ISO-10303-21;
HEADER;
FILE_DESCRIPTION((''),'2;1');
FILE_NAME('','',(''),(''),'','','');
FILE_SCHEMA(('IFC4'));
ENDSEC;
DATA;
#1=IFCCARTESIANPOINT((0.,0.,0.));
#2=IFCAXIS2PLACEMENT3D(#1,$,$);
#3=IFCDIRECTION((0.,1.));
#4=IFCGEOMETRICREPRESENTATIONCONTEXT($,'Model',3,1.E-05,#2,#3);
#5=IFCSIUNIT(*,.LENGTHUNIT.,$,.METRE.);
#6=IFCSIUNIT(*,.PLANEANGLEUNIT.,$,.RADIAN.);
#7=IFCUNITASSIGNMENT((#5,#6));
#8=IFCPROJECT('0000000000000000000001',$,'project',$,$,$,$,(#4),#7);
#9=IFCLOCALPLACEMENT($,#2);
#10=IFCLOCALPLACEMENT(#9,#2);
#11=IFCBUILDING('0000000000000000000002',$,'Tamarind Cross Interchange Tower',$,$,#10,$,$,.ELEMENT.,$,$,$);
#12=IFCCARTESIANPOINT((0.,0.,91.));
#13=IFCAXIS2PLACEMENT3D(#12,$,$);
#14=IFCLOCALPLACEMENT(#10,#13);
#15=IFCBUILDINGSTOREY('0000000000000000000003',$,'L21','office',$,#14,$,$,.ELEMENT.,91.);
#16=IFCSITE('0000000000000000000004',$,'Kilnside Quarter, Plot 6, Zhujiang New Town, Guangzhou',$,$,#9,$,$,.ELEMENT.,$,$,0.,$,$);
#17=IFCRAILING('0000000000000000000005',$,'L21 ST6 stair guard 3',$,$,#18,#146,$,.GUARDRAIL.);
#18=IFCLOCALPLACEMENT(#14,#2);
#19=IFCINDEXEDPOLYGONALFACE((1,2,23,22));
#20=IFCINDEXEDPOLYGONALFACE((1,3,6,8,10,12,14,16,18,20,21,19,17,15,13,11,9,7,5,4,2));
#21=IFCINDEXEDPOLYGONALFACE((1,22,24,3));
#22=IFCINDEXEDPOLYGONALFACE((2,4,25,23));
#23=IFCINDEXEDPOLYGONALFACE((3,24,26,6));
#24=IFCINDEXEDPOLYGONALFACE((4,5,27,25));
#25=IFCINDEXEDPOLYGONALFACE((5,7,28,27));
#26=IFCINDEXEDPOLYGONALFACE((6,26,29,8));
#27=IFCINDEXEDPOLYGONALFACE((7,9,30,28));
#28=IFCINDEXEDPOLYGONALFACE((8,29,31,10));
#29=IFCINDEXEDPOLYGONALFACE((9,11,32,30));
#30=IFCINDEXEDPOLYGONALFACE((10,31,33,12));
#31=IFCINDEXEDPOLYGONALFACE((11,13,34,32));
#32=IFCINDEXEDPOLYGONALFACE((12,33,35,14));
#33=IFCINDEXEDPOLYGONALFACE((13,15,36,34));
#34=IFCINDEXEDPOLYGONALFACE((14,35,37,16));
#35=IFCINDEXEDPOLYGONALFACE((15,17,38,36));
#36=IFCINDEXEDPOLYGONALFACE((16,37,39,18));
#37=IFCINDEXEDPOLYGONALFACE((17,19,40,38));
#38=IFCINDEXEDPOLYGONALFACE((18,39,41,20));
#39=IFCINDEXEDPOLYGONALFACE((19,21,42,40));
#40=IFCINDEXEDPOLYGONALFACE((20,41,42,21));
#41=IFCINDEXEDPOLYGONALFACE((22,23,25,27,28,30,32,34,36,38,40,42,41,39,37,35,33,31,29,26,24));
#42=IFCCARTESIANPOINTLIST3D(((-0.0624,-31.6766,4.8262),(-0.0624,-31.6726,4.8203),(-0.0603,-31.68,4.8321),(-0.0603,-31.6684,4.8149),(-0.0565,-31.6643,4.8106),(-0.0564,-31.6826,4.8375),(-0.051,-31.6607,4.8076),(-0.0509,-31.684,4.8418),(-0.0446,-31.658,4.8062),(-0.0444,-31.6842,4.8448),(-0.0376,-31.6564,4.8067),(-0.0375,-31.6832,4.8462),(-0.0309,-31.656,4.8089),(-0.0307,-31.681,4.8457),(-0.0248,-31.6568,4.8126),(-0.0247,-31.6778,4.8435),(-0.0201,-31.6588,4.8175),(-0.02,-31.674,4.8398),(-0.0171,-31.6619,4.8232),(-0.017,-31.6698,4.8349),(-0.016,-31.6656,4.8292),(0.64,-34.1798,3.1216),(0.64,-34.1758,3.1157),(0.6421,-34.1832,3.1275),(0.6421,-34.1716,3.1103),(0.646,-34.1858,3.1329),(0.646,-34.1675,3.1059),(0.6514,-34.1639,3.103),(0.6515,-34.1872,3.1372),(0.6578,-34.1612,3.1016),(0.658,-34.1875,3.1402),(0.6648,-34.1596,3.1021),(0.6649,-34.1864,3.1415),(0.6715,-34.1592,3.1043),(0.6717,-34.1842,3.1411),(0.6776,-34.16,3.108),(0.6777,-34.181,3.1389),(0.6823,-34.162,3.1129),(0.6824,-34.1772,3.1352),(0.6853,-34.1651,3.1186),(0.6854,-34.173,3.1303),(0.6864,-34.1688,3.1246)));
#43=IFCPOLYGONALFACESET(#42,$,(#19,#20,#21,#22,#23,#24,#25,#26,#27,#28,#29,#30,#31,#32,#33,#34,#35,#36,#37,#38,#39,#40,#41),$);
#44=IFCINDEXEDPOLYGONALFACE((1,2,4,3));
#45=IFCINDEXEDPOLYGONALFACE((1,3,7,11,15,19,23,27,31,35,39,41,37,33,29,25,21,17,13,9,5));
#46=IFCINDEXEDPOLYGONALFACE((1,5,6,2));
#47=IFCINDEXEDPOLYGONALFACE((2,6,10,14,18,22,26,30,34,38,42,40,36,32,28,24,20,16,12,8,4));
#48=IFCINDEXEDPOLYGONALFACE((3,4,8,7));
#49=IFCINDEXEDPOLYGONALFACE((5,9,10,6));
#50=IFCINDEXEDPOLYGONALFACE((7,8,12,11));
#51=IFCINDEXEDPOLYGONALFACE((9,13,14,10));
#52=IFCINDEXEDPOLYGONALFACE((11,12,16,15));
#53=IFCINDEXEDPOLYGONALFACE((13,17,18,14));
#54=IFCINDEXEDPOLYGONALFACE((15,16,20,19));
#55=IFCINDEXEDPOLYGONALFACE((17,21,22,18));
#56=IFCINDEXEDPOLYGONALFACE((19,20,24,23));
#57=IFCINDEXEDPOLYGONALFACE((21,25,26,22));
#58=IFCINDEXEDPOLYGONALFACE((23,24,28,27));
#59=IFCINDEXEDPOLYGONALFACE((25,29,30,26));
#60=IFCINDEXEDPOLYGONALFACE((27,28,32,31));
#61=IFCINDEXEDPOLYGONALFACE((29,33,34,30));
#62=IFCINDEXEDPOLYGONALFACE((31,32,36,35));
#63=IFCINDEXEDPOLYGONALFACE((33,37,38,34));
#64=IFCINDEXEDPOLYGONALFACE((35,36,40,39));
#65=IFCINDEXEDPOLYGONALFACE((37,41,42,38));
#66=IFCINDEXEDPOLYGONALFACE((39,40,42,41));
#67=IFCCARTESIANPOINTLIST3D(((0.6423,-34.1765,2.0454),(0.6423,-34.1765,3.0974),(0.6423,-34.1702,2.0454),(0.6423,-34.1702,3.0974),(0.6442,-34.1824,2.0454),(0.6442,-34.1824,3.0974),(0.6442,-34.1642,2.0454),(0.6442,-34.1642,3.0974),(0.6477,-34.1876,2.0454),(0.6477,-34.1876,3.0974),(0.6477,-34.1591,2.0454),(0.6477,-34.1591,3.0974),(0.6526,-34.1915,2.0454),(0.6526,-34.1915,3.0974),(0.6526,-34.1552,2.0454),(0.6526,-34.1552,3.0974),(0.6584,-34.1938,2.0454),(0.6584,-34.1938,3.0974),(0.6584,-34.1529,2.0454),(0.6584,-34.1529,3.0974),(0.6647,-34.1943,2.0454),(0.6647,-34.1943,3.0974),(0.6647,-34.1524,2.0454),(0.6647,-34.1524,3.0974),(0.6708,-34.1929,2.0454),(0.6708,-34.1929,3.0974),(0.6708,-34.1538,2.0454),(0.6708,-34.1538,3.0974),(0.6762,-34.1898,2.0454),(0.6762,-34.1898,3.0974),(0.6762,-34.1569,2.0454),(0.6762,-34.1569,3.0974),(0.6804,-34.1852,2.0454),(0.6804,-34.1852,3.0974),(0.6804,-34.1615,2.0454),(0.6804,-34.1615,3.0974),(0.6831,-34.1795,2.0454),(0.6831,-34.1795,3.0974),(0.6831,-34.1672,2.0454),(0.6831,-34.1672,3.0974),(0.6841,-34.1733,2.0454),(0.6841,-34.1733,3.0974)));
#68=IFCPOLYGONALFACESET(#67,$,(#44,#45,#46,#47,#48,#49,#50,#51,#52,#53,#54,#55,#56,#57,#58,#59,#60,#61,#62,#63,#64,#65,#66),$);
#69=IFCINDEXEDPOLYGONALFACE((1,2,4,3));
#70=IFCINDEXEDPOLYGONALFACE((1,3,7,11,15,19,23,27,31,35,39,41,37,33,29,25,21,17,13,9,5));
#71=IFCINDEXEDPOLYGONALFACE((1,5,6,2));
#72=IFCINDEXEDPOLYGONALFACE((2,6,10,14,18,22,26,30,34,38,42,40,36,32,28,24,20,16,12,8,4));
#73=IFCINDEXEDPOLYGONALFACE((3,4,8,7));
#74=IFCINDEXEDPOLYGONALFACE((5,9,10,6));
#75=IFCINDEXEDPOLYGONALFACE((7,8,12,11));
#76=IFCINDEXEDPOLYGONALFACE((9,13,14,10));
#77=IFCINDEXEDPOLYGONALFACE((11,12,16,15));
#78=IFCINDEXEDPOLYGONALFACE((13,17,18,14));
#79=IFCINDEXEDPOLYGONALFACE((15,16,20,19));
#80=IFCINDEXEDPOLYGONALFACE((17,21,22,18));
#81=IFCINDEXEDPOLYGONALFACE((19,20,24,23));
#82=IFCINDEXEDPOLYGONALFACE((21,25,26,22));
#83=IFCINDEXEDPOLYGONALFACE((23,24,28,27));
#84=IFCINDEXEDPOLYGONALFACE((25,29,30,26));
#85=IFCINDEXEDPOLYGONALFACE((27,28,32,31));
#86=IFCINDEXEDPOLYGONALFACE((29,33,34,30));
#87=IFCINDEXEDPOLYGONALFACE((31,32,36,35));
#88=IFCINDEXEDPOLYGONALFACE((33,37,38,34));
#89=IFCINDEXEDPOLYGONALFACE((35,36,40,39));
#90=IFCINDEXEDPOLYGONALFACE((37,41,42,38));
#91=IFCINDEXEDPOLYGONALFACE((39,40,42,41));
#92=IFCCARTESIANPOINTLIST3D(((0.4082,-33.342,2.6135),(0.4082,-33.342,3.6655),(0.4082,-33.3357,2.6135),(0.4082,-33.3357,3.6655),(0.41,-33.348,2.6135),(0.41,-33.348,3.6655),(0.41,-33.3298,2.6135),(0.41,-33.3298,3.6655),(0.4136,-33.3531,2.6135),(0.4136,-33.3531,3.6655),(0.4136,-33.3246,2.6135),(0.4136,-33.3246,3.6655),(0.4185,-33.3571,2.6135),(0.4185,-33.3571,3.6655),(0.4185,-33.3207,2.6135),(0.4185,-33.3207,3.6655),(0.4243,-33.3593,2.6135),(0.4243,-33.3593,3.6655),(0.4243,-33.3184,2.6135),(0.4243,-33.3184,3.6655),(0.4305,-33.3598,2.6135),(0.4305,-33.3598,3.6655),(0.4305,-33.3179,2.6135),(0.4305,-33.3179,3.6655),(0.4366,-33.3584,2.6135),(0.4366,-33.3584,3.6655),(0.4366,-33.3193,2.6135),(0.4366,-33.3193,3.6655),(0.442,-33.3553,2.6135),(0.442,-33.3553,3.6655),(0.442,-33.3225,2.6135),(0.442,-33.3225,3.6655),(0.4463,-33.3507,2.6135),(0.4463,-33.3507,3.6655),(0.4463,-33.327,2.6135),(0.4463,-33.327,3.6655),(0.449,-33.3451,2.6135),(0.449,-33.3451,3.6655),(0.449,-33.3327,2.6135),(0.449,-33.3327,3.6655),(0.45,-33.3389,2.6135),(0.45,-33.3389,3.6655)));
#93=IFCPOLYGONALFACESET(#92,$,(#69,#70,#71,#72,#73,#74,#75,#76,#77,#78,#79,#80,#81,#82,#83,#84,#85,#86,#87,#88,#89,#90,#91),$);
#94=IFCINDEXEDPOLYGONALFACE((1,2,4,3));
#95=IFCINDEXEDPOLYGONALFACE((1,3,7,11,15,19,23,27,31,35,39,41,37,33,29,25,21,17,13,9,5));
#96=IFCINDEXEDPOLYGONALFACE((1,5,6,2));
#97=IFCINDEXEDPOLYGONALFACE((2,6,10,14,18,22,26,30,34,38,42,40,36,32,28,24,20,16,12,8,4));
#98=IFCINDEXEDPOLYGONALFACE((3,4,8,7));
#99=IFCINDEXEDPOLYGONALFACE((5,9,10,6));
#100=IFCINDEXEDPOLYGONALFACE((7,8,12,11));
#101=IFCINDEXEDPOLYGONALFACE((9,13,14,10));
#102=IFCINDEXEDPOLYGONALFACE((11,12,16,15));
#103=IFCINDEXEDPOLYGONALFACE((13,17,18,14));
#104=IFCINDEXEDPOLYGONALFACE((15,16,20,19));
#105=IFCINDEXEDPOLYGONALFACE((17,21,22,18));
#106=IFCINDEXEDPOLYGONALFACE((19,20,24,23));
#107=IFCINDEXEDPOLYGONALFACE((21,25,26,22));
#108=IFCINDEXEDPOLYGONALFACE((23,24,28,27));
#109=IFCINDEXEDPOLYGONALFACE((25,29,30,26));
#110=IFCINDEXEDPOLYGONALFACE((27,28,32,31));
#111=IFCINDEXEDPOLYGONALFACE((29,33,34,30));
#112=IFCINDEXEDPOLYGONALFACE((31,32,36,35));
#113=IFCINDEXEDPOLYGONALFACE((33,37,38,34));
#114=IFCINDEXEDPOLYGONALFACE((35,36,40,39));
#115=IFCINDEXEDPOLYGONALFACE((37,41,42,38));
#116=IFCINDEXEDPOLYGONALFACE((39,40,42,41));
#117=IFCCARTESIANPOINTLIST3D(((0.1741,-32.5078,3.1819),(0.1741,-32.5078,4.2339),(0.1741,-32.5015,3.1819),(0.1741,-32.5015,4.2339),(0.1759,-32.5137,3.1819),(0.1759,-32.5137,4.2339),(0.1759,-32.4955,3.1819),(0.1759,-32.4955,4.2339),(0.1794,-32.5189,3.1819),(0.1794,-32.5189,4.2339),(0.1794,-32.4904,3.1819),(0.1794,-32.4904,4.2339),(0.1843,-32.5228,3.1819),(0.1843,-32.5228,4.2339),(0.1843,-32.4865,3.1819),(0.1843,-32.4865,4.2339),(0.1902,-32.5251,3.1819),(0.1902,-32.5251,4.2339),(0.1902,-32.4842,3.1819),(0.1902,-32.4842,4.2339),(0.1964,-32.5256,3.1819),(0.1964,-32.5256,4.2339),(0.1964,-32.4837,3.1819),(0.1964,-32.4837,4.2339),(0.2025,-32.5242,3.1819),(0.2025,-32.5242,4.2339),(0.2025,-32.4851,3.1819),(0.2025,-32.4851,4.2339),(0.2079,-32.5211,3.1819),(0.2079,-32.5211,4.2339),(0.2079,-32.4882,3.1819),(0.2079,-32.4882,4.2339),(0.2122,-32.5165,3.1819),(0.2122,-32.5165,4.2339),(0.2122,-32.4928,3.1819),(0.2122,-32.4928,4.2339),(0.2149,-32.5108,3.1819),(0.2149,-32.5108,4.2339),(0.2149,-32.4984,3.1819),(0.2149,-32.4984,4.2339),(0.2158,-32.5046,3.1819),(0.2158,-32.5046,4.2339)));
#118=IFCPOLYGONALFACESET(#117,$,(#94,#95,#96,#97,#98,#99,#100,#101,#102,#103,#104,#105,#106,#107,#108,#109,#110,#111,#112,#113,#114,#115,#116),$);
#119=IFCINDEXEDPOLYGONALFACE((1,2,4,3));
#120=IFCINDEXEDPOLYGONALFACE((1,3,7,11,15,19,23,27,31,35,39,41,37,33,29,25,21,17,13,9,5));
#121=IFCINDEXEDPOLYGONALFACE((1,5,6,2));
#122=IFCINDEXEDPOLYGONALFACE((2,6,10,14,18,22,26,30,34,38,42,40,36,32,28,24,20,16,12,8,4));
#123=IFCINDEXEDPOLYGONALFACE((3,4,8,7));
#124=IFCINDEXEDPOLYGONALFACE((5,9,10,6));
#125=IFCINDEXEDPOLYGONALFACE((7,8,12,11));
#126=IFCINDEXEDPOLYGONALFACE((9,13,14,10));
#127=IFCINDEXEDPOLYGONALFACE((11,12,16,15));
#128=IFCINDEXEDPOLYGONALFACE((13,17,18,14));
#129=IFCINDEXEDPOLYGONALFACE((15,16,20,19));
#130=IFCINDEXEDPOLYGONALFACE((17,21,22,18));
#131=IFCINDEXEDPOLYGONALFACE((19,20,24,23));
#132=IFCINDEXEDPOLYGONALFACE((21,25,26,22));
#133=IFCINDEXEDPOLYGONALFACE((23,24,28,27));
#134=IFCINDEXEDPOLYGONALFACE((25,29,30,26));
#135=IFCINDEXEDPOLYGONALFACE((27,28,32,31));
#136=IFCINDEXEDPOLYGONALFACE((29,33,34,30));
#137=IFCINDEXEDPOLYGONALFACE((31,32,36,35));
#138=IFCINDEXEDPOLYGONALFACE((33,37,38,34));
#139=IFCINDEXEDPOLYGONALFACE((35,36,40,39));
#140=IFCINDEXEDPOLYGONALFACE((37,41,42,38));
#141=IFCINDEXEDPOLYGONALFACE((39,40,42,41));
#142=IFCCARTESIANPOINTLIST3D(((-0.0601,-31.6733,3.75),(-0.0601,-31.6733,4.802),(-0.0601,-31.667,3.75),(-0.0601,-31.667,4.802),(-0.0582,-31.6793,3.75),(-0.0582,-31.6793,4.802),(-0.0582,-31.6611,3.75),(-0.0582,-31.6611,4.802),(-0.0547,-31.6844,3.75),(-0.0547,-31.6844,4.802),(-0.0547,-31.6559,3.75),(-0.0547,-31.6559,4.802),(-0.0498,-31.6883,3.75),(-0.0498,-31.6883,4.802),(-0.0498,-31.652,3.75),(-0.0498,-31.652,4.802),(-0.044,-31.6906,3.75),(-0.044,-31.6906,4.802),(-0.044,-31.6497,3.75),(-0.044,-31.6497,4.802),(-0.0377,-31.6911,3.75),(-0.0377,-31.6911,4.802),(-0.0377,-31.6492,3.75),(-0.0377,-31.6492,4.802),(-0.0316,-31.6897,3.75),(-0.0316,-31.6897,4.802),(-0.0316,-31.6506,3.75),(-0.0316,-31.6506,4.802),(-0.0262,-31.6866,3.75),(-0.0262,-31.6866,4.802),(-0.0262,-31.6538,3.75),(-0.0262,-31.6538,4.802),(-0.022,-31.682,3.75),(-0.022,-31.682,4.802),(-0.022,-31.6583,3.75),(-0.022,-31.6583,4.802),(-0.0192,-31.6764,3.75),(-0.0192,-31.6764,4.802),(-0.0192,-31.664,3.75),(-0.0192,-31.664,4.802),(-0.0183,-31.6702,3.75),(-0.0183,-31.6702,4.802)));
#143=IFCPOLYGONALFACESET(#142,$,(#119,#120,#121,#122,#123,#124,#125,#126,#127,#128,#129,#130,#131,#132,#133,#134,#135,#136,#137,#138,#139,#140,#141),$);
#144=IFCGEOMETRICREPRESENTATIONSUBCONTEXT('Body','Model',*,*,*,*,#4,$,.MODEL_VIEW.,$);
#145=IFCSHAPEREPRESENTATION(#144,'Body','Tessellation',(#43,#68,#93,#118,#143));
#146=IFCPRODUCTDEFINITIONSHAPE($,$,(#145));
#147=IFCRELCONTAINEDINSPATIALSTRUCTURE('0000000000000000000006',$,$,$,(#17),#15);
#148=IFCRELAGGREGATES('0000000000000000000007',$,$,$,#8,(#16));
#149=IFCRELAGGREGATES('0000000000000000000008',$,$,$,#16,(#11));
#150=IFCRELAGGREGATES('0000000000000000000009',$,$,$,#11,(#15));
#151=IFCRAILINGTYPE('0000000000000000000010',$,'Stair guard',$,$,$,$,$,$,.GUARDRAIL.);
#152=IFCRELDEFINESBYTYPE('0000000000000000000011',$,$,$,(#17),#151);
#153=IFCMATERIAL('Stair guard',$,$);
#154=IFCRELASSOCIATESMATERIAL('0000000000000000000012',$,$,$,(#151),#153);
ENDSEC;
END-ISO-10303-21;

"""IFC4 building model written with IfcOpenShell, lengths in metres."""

from ifc_helpers import new_model, si_unit, direction, frame, origin, origin_2d, place, context, subcontext, project, spatial, circle, extrude, material, type_object, element, save


model = new_model("IFC4")

# Units and contexts
model_context = context("Model", 3, precision=1e-05, world=origin(), true_north=direction((0.0, 1.0)))
body_context = subcontext(model_context, "Body", "Model", "MODEL_VIEW")
ifc_project = project(units=[si_unit("LENGTHUNIT", "METRE"), si_unit("PLANEANGLEUNIT", "RADIAN")], contexts=[model_context])

# Site, building, storey
site_placement = place(None, origin())
site = spatial("IfcSite", under=ifc_project, at=site_placement, Name="Kilnside Quarter, Plot 6, Zhujiang New Town, Guangzhou", CompositionType="ELEMENT", RefElevation=0.0)
building_placement = place(site_placement, origin())
building = spatial("IfcBuilding", under=site, at=building_placement, Name="Tamarind Cross Interchange Tower", CompositionType="ELEMENT")
storey_placement = place(building_placement, frame((0.0, 0.0, 91.0)))
storey = spatial("IfcBuildingStorey", under=building, at=storey_placement, Name="L21", Description="office", CompositionType="ELEMENT", Elevation=91.0)

# Railing
ifc_material_1 = material(Name="Stair guard")
railing_type_1 = type_object("IfcRailingType", Name="Stair guard", PredefinedType="GUARDRAIL", material=ifc_material_1)
railing_1_placement = place(storey_placement, frame((0.6631, -34.1733, 2.0454)))
element("IfcRailing", 1, at=railing_1_placement, inside=storey, type_object=railing_type_1, Name="L21 ST6 stair guard 3", PredefinedType="GUARDRAIL", context=body_context, shape_type="SweptSolid", body=[
    extrude(circle(Radius=0.0239, at=origin_2d()), frame((0.0, 0.0, 1.0762), z_axis=(-0.225934, 0.80518, 0.548305), x_axis=(-0.962814, -0.270166, 0.0)), (0.0, 0.0, 1.0), 3.1089),
    extrude(circle(Radius=0.021, at=origin_2d()), origin(), (0.0, 0.0, 1.0), 1.052),
    extrude(circle(Radius=0.021, at=origin_2d()), frame((-0.2341, 0.8345, 0.5681)), (0.0, 0.0, 1.0), 1.052),
    extrude(circle(Radius=0.021, at=origin_2d()), frame((-0.4683, 1.6687, 1.1365)), (0.0, 0.0, 1.0), 1.052),
    extrude(circle(Radius=0.021, at=origin_2d()), frame((-0.7024, 2.5032, 1.7046)), (0.0, 0.0, 1.0), 1.052),
])

save(model, "model.ifc")
